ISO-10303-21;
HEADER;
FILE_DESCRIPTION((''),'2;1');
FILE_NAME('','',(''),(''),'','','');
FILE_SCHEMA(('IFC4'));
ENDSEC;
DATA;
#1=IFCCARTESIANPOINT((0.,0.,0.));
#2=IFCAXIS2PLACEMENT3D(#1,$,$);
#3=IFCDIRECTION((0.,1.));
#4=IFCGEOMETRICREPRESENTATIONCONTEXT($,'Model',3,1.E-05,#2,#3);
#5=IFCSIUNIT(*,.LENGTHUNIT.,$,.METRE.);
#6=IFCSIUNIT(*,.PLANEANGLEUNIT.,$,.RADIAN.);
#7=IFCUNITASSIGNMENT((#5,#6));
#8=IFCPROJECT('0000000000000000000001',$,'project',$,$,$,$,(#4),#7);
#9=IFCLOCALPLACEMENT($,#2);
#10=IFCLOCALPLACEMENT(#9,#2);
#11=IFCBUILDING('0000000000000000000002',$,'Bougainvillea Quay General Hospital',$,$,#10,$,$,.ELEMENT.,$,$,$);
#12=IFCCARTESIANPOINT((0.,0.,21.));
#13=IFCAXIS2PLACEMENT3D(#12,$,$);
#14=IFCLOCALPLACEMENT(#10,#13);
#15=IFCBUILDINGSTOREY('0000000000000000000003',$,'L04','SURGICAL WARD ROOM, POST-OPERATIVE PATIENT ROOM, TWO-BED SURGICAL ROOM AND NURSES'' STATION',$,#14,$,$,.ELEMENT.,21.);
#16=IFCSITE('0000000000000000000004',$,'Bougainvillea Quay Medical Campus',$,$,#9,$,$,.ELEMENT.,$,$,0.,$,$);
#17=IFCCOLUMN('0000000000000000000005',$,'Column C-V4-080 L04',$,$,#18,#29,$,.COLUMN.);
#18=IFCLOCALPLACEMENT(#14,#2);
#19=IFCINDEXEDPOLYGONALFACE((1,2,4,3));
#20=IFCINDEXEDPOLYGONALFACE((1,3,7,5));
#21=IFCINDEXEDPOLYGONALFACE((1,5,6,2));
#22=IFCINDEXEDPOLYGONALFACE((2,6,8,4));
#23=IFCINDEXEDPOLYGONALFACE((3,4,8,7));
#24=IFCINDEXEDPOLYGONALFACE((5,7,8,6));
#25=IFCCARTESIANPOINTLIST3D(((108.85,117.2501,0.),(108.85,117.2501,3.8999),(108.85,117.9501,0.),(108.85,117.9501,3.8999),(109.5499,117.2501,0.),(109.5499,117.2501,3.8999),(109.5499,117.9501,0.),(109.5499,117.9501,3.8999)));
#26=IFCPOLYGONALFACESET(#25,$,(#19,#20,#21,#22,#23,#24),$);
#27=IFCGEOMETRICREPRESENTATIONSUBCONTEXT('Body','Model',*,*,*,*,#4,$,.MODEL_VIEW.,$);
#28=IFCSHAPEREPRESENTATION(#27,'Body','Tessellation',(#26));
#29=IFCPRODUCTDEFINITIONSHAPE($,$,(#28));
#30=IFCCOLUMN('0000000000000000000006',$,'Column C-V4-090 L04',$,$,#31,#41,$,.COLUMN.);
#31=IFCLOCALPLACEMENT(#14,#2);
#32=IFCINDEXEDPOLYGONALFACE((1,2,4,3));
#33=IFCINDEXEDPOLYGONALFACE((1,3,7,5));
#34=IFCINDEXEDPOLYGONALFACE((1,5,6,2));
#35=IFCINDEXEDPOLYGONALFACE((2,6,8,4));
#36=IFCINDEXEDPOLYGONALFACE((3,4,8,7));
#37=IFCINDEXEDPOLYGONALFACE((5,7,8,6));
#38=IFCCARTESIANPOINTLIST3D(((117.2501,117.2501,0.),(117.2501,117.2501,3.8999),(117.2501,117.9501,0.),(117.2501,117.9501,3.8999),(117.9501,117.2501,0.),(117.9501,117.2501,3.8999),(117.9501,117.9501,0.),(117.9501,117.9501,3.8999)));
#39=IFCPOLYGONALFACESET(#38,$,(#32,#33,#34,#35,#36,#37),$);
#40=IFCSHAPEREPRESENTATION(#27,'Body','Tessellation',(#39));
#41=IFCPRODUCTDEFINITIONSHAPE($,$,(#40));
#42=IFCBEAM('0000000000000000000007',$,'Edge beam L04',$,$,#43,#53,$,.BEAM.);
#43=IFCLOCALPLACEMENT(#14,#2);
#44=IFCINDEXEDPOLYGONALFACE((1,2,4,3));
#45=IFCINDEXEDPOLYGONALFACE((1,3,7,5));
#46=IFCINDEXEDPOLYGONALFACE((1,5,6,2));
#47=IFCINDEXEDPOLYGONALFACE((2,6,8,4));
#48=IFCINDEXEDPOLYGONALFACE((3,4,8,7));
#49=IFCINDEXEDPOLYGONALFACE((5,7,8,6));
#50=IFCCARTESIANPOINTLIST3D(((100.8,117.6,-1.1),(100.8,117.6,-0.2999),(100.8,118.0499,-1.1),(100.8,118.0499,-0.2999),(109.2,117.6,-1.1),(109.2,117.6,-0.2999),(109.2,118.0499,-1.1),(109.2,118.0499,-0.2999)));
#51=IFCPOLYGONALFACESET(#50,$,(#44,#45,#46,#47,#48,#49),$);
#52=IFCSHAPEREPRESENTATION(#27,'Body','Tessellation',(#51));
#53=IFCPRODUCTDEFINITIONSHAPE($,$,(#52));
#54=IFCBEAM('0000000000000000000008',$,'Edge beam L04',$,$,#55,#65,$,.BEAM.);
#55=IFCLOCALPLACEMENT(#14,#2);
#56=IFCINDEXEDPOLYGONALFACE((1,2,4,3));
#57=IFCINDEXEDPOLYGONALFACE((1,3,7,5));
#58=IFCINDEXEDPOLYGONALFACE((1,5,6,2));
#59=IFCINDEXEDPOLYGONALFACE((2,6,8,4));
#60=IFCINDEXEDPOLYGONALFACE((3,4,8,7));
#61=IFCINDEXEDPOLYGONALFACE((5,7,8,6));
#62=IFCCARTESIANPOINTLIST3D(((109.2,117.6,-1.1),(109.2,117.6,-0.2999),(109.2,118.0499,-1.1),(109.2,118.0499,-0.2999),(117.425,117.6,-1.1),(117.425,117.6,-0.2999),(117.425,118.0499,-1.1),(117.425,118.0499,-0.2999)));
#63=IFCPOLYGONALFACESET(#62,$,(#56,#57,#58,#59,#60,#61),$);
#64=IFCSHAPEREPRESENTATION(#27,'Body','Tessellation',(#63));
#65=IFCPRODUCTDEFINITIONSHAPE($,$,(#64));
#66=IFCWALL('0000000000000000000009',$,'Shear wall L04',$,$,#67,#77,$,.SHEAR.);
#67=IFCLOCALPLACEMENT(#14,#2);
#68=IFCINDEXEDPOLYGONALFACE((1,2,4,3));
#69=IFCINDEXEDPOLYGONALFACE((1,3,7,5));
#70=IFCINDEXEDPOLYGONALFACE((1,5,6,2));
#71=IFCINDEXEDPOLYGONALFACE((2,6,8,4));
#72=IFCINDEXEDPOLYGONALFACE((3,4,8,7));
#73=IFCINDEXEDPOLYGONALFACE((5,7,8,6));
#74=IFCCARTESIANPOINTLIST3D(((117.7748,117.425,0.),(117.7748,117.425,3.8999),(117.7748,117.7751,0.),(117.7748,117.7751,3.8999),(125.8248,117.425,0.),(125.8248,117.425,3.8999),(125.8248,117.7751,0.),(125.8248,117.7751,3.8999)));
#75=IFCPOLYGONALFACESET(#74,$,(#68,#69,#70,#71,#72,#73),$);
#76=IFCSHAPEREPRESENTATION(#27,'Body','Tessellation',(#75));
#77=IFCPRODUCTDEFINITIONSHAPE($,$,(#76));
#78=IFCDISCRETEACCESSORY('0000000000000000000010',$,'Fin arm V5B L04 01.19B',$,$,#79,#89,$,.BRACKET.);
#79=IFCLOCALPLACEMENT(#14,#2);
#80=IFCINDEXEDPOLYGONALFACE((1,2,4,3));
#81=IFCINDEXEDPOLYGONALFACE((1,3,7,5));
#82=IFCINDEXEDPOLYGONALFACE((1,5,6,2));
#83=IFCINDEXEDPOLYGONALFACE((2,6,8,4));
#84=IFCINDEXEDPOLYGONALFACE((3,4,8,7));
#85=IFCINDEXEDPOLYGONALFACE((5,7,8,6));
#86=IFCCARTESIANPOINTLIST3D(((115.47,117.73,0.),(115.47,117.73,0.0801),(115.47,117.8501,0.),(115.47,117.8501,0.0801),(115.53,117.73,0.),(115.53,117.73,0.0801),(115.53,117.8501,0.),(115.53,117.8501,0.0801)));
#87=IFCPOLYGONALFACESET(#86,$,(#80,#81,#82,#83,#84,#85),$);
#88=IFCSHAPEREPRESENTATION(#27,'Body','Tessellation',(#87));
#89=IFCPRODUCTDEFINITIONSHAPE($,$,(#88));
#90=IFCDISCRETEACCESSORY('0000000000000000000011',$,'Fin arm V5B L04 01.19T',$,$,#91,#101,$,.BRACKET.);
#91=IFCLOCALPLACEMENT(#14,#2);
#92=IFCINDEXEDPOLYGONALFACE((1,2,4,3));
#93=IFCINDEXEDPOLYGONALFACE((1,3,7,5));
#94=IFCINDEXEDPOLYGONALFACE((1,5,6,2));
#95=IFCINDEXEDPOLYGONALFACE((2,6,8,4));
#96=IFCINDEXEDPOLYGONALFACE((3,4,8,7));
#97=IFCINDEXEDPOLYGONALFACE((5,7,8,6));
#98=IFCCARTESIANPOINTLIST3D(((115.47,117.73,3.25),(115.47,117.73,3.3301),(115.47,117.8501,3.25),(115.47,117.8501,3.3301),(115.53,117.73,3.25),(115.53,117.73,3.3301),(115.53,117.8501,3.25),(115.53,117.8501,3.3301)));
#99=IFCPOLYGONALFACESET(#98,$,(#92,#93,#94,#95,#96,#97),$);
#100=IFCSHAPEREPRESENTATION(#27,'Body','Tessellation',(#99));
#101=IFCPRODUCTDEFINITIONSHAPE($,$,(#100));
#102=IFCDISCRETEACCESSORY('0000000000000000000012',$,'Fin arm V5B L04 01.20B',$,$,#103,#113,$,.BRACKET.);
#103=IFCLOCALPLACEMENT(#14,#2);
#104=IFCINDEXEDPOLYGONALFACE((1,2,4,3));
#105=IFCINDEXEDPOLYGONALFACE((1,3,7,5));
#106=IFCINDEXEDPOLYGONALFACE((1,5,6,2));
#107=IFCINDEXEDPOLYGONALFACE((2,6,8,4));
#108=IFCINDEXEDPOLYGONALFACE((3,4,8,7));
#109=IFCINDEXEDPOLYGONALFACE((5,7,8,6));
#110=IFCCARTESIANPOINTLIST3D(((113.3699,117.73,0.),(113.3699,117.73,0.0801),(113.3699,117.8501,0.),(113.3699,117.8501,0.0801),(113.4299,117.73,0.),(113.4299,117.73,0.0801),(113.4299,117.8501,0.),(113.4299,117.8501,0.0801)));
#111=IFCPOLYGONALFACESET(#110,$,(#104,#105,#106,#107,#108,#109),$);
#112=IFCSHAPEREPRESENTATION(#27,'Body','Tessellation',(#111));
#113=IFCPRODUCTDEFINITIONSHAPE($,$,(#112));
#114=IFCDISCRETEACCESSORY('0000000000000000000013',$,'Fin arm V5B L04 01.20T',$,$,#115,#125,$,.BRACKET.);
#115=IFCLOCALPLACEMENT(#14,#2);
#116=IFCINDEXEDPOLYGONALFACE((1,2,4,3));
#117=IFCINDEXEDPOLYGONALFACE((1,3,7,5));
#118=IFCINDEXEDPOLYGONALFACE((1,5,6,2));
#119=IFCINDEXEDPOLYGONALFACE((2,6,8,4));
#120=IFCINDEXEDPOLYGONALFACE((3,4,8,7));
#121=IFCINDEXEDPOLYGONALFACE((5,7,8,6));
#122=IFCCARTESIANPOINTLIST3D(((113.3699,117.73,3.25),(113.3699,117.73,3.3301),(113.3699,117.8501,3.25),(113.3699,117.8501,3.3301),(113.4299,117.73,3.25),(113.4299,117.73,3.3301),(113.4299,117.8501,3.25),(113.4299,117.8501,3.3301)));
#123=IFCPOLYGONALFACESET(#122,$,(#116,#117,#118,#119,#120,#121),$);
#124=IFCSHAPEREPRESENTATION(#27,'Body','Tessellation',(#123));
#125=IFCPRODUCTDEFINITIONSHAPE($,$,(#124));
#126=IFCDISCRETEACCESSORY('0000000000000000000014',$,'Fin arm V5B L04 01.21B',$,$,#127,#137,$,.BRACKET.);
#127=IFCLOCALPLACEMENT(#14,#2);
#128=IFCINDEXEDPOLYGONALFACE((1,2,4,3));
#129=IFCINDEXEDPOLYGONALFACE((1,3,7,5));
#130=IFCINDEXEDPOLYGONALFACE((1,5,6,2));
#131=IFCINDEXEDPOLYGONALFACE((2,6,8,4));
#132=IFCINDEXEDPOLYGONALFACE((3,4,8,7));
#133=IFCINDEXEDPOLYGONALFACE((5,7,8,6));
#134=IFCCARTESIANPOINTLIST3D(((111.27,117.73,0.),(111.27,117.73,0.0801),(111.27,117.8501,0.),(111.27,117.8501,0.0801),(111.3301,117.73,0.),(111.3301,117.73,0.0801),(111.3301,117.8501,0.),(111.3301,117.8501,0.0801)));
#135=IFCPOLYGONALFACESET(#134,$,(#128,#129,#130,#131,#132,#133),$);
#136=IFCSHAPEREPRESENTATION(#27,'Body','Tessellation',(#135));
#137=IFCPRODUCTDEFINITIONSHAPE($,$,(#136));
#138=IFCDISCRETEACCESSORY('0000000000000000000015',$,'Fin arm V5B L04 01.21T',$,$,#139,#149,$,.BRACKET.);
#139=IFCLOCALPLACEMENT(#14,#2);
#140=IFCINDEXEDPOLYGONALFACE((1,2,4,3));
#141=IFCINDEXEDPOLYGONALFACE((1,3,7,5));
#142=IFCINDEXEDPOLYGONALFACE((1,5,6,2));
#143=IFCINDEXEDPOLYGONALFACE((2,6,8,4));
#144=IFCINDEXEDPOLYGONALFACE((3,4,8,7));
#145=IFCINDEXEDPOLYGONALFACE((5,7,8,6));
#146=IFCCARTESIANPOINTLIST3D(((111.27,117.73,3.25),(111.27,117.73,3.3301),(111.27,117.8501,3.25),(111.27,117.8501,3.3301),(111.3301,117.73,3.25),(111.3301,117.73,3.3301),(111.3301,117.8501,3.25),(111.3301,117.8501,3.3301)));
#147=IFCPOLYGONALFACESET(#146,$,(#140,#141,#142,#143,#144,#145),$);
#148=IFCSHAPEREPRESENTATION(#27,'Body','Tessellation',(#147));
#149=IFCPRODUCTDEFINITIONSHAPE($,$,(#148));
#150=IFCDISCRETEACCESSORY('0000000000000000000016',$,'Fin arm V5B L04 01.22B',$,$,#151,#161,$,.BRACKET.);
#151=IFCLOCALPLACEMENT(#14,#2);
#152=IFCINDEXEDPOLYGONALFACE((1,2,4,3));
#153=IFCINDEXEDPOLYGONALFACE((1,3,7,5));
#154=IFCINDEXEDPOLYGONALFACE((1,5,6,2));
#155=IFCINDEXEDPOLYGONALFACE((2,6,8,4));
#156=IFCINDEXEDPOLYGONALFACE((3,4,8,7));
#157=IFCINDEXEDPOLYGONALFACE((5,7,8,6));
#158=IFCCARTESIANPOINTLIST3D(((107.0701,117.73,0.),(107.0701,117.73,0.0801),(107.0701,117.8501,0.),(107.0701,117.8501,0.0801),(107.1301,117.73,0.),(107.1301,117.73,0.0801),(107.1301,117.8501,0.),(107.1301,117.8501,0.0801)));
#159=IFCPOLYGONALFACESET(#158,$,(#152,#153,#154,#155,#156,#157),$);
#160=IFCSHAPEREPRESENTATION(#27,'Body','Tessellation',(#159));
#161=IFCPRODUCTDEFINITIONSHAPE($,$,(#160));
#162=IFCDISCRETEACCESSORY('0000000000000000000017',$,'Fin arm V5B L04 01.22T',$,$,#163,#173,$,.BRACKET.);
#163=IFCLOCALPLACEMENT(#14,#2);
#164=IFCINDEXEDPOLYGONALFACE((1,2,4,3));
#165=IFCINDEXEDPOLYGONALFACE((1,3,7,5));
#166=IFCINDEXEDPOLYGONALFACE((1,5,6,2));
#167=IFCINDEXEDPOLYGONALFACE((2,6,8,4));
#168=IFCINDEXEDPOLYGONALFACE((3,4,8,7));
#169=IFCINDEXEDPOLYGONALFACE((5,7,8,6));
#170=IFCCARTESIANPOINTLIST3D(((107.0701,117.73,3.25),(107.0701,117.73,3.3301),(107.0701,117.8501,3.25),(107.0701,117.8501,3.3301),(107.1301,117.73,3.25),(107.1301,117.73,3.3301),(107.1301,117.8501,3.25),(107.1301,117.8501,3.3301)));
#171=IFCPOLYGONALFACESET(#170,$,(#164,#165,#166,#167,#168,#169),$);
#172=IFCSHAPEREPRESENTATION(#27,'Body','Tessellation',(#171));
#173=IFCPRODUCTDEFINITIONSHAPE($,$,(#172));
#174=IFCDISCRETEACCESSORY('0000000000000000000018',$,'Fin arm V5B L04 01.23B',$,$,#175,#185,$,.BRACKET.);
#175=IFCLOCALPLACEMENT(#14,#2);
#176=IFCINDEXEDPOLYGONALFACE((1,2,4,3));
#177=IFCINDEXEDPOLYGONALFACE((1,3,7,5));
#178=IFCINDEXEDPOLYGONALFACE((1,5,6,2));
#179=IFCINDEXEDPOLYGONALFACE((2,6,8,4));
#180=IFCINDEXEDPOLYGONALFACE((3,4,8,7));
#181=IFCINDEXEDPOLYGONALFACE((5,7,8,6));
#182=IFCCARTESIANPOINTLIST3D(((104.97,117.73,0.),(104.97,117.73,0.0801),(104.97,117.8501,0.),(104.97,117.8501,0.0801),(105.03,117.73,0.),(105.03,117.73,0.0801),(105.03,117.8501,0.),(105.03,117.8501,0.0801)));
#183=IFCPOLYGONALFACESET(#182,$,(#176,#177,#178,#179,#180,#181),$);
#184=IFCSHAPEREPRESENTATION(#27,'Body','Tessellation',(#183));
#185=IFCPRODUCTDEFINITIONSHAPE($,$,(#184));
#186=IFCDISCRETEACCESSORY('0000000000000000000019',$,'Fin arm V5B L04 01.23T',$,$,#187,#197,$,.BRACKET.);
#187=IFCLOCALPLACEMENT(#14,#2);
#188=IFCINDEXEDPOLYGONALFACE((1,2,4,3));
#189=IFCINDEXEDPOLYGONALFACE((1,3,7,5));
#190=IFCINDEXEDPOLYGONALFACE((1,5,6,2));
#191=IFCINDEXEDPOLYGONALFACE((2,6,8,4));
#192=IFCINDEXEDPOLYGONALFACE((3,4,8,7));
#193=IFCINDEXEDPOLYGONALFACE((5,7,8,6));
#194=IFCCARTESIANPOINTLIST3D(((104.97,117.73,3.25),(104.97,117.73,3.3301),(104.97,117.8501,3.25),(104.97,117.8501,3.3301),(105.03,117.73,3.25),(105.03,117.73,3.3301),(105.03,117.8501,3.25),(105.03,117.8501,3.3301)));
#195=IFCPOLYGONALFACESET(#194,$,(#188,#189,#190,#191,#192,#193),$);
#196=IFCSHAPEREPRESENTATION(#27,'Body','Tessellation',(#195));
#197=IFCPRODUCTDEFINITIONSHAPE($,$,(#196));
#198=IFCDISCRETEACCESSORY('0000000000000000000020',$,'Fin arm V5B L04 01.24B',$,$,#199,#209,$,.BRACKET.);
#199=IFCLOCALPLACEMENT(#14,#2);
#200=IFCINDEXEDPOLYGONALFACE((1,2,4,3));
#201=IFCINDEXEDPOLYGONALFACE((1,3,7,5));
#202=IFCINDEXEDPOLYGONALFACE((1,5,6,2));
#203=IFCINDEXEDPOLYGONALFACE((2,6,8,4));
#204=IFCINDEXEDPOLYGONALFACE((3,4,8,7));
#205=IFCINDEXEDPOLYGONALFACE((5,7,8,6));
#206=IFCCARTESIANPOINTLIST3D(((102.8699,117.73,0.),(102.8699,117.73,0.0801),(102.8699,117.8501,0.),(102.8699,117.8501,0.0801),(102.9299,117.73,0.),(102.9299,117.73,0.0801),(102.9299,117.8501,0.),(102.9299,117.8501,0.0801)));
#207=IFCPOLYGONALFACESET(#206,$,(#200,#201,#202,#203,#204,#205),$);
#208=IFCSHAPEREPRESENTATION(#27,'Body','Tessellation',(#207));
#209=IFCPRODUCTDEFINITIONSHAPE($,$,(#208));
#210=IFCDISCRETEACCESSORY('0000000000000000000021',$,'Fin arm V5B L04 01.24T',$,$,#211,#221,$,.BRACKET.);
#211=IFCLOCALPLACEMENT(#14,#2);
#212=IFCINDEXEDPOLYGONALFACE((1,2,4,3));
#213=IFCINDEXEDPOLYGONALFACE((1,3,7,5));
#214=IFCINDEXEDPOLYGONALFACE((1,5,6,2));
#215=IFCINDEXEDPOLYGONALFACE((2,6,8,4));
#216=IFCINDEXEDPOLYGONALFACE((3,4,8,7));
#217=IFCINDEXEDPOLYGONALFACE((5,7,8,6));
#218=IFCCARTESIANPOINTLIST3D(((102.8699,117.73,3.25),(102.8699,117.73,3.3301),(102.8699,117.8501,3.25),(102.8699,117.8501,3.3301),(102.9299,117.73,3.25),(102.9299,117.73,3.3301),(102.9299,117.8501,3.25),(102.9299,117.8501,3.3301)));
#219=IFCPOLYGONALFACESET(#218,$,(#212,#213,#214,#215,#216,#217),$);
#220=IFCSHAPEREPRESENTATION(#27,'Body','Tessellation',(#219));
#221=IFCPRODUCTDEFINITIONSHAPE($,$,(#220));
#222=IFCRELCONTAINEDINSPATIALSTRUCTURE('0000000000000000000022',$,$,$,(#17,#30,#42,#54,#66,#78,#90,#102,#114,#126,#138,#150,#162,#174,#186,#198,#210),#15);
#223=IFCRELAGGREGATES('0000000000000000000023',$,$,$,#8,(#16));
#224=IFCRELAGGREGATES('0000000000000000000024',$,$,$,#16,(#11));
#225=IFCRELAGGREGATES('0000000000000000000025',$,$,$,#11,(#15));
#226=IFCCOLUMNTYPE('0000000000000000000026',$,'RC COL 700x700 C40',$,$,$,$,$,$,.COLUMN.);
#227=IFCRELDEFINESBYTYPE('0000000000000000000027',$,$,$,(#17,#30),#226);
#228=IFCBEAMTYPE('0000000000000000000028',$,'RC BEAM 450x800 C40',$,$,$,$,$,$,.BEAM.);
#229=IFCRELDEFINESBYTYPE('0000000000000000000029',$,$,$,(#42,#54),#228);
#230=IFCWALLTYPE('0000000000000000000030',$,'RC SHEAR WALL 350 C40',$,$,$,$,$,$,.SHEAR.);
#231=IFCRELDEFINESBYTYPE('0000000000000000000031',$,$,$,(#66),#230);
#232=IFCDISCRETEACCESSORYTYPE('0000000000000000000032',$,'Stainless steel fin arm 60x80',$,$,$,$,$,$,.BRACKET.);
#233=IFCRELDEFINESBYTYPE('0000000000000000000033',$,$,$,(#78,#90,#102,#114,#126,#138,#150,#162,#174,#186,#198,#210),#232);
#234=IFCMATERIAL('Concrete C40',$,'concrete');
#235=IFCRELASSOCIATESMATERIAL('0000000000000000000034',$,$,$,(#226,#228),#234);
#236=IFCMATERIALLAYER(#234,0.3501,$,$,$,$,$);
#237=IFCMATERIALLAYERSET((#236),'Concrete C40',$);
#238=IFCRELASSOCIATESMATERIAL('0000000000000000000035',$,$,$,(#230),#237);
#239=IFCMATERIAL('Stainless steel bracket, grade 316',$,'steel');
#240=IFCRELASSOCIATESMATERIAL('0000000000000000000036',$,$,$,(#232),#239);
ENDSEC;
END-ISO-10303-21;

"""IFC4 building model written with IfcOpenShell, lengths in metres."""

from ifc_helpers import new_model, si_unit, direction, frame, frame_2d, origin, origin_2d, place, context, subcontext, project, spatial, rectangle, extrude, material, layer, layer_set, material_profile, profile_set, type_object, element, save


model = new_model("IFC4")

# Units and contexts
model_context = context("Model", 3, precision=1e-05, world=origin(), true_north=direction((0.0, 1.0)))
body_context = subcontext(model_context, "Body", "Model", "MODEL_VIEW")
ifc_project = project(units=[si_unit("LENGTHUNIT", "METRE"), si_unit("PLANEANGLEUNIT", "RADIAN")], contexts=[model_context])

# Site, building, storey
site_placement = place(None, origin())
site = spatial("IfcSite", under=ifc_project, at=site_placement, Name="Bougainvillea Quay Medical Campus", CompositionType="ELEMENT", RefElevation=0.0)
building_placement = place(site_placement, origin())
building = spatial("IfcBuilding", under=site, at=building_placement, Name="Bougainvillea Quay General Hospital", CompositionType="ELEMENT")
storey_placement = place(building_placement, frame((0.0, 0.0, 21.0)))
storey = spatial("IfcBuildingStorey", under=building, at=storey_placement, Name="L04", Description="SURGICAL WARD ROOM, POST-OPERATIVE PATIENT ROOM, TWO-BED SURGICAL ROOM AND NURSES' STATION", CompositionType="ELEMENT", Elevation=21.0)

# Columns
ifc_material_1 = material(Name="Concrete C40", Category="concrete")
ifc_material_profile_1 = material_profile(ifc_material_1, rectangle(XDim=0.7, YDim=0.7, at=origin_2d()))
ifc_profile_set_1 = profile_set([ifc_material_profile_1], Name="Concrete C40")
column_type = type_object("IfcColumnType", Name="RC COL 700x700 C40", PredefinedType="COLUMN", material=ifc_profile_set_1)
for number, where, z_axis, x_axis, name in (
    (1, (109.2, 117.6001, 0.0), (0.0, 0.0, 1.0), (1.0, 0.0, 0.0), "Column C-V4-080 L04"),
    (2, (117.6001, 117.6001, 0.0), (0.0, 0.0, 1.0), (1.0, 0.0, 0.0), "Column C-V4-090 L04"),
):
    element("IfcColumn", number, at=place(storey_placement, frame(where, z_axis=z_axis, x_axis=x_axis)), inside=storey, type_object=column_type, Name=name, PredefinedType="COLUMN", context=body_context, shape_type="SweptSolid", body=[
        extrude(rectangle(XDim=0.7, YDim=0.7, at=origin_2d()), origin(), (0.0, 0.0, 1.0), 3.8999),
    ])

# Beams
ifc_material_profile_2 = material_profile(ifc_material_1, rectangle(XDim=0.45, YDim=0.8, at=origin_2d()))
ifc_profile_set_2 = profile_set([ifc_material_profile_2], Name="Concrete C40")
beam_type = type_object("IfcBeamType", Name="RC BEAM 450x800 C40", PredefinedType="BEAM", material=ifc_profile_set_2)
beam_1_placement = place(storey_placement, frame((100.8, 117.825, -0.7), z_axis=(1.0, 0.0, 0.0), x_axis=(0.0, 1.0, 0.0)))
element("IfcBeam", 3, at=beam_1_placement, inside=storey, type_object=beam_type, Name="Edge beam L04", PredefinedType="BEAM", context=body_context, shape_type="SweptSolid", body=[
    extrude(rectangle(XDim=0.45, YDim=0.8, at=origin_2d()), origin(), (0.0, 0.0, 1.0), 8.3999),
])
beam_2_placement = place(storey_placement, frame((109.2, 117.825, -0.7), z_axis=(1.0, 0.0, 0.0), x_axis=(0.0, 1.0, 0.0)))
element("IfcBeam", 4, at=beam_2_placement, inside=storey, type_object=beam_type, Name="Edge beam L04", PredefinedType="BEAM", context=body_context, shape_type="SweptSolid", body=[
    extrude(rectangle(XDim=0.45, YDim=0.8, at=origin_2d()), origin(), (0.0, 0.0, 1.0), 8.2251),
])

# Wall
ifc_layer = layer(ifc_material_1, 0.3501)
ifc_layer_set = layer_set([ifc_layer], Name="Concrete C40")
wall_type = type_object("IfcWallType", Name="RC SHEAR WALL 350 C40", PredefinedType="SHEAR", material=ifc_layer_set)
wall_placement = place(storey_placement, frame((117.7749, 117.6001, 0.0), z_axis=(0.0, 0.0, 1.0), x_axis=(1.0, 0.0, 0.0)))
element("IfcWall", 5, at=wall_placement, inside=storey, type_object=wall_type, Name="Shear wall L04", PredefinedType="SHEAR", context=body_context, shape_type="SweptSolid", body=[
    extrude(rectangle(XDim=8.05, YDim=0.3501, at=frame_2d((4.0249, 0.0))), origin(), (0.0, 0.0, 1.0), 3.8999),
])

# Discrete accessories
ifc_material_2 = material(Name="Stainless steel bracket, grade 316", Category="steel")
discrete_accessory_type_1 = type_object("IfcDiscreteAccessoryType", Name="Stainless steel fin arm 60x80", PredefinedType="BRACKET", material=ifc_material_2)
for number, where, z_axis, x_axis, name in (
    (6, (115.5, 117.79, 0.0), (0.0, 0.0, 1.0), (0.0, -1.0, 0.0), "Fin arm V5B L04 01.19B"),
    (7, (115.5, 117.79, 3.25), (0.0, 0.0, 1.0), (0.0, -1.0, 0.0), "Fin arm V5B L04 01.19T"),
    (8, (113.3999, 117.79, 0.0), (0.0, 0.0, 1.0), (0.0, -1.0, 0.0), "Fin arm V5B L04 01.20B"),
    (9, (113.3999, 117.79, 3.25), (0.0, 0.0, 1.0), (0.0, -1.0, 0.0), "Fin arm V5B L04 01.20T"),
    (10, (111.3, 117.79, 0.0), (0.0, 0.0, 1.0), (0.0, -1.0, 0.0), "Fin arm V5B L04 01.21B"),
    (11, (111.3, 117.79, 3.25), (0.0, 0.0, 1.0), (0.0, -1.0, 0.0), "Fin arm V5B L04 01.21T"),
    (12, (107.1001, 117.79, 0.0), (0.0, 0.0, 1.0), (0.0, -1.0, 0.0), "Fin arm V5B L04 01.22B"),
    (13, (107.1001, 117.79, 3.25), (0.0, 0.0, 1.0), (0.0, -1.0, 0.0), "Fin arm V5B L04 01.22T"),
    (14, (105.0, 117.79, 0.0), (0.0, 0.0, 1.0), (0.0, -1.0, 0.0), "Fin arm V5B L04 01.23B"),
    (15, (105.0, 117.79, 3.25), (0.0, 0.0, 1.0), (0.0, -1.0, 0.0), "Fin arm V5B L04 01.23T"),
    (16, (102.8999, 117.79, 0.0), (0.0, 0.0, 1.0), (0.0, -1.0, 0.0), "Fin arm V5B L04 01.24B"),
    (17, (102.8999, 117.79, 3.25), (0.0, 0.0, 1.0), (0.0, -1.0, 0.0), "Fin arm V5B L04 01.24T"),
):
    element("IfcDiscreteAccessory", number, at=place(storey_placement, frame(where, z_axis=z_axis, x_axis=x_axis)), inside=storey, type_object=discrete_accessory_type_1, Name=name, PredefinedType="BRACKET", context=body_context, shape_type="SweptSolid", body=[
        extrude(rectangle(XDim=0.1201, YDim=0.0601, at=origin_2d()), origin(), (0.0, 0.0, 1.0), 0.0801),
    ])

save(model, "model.ifc")
